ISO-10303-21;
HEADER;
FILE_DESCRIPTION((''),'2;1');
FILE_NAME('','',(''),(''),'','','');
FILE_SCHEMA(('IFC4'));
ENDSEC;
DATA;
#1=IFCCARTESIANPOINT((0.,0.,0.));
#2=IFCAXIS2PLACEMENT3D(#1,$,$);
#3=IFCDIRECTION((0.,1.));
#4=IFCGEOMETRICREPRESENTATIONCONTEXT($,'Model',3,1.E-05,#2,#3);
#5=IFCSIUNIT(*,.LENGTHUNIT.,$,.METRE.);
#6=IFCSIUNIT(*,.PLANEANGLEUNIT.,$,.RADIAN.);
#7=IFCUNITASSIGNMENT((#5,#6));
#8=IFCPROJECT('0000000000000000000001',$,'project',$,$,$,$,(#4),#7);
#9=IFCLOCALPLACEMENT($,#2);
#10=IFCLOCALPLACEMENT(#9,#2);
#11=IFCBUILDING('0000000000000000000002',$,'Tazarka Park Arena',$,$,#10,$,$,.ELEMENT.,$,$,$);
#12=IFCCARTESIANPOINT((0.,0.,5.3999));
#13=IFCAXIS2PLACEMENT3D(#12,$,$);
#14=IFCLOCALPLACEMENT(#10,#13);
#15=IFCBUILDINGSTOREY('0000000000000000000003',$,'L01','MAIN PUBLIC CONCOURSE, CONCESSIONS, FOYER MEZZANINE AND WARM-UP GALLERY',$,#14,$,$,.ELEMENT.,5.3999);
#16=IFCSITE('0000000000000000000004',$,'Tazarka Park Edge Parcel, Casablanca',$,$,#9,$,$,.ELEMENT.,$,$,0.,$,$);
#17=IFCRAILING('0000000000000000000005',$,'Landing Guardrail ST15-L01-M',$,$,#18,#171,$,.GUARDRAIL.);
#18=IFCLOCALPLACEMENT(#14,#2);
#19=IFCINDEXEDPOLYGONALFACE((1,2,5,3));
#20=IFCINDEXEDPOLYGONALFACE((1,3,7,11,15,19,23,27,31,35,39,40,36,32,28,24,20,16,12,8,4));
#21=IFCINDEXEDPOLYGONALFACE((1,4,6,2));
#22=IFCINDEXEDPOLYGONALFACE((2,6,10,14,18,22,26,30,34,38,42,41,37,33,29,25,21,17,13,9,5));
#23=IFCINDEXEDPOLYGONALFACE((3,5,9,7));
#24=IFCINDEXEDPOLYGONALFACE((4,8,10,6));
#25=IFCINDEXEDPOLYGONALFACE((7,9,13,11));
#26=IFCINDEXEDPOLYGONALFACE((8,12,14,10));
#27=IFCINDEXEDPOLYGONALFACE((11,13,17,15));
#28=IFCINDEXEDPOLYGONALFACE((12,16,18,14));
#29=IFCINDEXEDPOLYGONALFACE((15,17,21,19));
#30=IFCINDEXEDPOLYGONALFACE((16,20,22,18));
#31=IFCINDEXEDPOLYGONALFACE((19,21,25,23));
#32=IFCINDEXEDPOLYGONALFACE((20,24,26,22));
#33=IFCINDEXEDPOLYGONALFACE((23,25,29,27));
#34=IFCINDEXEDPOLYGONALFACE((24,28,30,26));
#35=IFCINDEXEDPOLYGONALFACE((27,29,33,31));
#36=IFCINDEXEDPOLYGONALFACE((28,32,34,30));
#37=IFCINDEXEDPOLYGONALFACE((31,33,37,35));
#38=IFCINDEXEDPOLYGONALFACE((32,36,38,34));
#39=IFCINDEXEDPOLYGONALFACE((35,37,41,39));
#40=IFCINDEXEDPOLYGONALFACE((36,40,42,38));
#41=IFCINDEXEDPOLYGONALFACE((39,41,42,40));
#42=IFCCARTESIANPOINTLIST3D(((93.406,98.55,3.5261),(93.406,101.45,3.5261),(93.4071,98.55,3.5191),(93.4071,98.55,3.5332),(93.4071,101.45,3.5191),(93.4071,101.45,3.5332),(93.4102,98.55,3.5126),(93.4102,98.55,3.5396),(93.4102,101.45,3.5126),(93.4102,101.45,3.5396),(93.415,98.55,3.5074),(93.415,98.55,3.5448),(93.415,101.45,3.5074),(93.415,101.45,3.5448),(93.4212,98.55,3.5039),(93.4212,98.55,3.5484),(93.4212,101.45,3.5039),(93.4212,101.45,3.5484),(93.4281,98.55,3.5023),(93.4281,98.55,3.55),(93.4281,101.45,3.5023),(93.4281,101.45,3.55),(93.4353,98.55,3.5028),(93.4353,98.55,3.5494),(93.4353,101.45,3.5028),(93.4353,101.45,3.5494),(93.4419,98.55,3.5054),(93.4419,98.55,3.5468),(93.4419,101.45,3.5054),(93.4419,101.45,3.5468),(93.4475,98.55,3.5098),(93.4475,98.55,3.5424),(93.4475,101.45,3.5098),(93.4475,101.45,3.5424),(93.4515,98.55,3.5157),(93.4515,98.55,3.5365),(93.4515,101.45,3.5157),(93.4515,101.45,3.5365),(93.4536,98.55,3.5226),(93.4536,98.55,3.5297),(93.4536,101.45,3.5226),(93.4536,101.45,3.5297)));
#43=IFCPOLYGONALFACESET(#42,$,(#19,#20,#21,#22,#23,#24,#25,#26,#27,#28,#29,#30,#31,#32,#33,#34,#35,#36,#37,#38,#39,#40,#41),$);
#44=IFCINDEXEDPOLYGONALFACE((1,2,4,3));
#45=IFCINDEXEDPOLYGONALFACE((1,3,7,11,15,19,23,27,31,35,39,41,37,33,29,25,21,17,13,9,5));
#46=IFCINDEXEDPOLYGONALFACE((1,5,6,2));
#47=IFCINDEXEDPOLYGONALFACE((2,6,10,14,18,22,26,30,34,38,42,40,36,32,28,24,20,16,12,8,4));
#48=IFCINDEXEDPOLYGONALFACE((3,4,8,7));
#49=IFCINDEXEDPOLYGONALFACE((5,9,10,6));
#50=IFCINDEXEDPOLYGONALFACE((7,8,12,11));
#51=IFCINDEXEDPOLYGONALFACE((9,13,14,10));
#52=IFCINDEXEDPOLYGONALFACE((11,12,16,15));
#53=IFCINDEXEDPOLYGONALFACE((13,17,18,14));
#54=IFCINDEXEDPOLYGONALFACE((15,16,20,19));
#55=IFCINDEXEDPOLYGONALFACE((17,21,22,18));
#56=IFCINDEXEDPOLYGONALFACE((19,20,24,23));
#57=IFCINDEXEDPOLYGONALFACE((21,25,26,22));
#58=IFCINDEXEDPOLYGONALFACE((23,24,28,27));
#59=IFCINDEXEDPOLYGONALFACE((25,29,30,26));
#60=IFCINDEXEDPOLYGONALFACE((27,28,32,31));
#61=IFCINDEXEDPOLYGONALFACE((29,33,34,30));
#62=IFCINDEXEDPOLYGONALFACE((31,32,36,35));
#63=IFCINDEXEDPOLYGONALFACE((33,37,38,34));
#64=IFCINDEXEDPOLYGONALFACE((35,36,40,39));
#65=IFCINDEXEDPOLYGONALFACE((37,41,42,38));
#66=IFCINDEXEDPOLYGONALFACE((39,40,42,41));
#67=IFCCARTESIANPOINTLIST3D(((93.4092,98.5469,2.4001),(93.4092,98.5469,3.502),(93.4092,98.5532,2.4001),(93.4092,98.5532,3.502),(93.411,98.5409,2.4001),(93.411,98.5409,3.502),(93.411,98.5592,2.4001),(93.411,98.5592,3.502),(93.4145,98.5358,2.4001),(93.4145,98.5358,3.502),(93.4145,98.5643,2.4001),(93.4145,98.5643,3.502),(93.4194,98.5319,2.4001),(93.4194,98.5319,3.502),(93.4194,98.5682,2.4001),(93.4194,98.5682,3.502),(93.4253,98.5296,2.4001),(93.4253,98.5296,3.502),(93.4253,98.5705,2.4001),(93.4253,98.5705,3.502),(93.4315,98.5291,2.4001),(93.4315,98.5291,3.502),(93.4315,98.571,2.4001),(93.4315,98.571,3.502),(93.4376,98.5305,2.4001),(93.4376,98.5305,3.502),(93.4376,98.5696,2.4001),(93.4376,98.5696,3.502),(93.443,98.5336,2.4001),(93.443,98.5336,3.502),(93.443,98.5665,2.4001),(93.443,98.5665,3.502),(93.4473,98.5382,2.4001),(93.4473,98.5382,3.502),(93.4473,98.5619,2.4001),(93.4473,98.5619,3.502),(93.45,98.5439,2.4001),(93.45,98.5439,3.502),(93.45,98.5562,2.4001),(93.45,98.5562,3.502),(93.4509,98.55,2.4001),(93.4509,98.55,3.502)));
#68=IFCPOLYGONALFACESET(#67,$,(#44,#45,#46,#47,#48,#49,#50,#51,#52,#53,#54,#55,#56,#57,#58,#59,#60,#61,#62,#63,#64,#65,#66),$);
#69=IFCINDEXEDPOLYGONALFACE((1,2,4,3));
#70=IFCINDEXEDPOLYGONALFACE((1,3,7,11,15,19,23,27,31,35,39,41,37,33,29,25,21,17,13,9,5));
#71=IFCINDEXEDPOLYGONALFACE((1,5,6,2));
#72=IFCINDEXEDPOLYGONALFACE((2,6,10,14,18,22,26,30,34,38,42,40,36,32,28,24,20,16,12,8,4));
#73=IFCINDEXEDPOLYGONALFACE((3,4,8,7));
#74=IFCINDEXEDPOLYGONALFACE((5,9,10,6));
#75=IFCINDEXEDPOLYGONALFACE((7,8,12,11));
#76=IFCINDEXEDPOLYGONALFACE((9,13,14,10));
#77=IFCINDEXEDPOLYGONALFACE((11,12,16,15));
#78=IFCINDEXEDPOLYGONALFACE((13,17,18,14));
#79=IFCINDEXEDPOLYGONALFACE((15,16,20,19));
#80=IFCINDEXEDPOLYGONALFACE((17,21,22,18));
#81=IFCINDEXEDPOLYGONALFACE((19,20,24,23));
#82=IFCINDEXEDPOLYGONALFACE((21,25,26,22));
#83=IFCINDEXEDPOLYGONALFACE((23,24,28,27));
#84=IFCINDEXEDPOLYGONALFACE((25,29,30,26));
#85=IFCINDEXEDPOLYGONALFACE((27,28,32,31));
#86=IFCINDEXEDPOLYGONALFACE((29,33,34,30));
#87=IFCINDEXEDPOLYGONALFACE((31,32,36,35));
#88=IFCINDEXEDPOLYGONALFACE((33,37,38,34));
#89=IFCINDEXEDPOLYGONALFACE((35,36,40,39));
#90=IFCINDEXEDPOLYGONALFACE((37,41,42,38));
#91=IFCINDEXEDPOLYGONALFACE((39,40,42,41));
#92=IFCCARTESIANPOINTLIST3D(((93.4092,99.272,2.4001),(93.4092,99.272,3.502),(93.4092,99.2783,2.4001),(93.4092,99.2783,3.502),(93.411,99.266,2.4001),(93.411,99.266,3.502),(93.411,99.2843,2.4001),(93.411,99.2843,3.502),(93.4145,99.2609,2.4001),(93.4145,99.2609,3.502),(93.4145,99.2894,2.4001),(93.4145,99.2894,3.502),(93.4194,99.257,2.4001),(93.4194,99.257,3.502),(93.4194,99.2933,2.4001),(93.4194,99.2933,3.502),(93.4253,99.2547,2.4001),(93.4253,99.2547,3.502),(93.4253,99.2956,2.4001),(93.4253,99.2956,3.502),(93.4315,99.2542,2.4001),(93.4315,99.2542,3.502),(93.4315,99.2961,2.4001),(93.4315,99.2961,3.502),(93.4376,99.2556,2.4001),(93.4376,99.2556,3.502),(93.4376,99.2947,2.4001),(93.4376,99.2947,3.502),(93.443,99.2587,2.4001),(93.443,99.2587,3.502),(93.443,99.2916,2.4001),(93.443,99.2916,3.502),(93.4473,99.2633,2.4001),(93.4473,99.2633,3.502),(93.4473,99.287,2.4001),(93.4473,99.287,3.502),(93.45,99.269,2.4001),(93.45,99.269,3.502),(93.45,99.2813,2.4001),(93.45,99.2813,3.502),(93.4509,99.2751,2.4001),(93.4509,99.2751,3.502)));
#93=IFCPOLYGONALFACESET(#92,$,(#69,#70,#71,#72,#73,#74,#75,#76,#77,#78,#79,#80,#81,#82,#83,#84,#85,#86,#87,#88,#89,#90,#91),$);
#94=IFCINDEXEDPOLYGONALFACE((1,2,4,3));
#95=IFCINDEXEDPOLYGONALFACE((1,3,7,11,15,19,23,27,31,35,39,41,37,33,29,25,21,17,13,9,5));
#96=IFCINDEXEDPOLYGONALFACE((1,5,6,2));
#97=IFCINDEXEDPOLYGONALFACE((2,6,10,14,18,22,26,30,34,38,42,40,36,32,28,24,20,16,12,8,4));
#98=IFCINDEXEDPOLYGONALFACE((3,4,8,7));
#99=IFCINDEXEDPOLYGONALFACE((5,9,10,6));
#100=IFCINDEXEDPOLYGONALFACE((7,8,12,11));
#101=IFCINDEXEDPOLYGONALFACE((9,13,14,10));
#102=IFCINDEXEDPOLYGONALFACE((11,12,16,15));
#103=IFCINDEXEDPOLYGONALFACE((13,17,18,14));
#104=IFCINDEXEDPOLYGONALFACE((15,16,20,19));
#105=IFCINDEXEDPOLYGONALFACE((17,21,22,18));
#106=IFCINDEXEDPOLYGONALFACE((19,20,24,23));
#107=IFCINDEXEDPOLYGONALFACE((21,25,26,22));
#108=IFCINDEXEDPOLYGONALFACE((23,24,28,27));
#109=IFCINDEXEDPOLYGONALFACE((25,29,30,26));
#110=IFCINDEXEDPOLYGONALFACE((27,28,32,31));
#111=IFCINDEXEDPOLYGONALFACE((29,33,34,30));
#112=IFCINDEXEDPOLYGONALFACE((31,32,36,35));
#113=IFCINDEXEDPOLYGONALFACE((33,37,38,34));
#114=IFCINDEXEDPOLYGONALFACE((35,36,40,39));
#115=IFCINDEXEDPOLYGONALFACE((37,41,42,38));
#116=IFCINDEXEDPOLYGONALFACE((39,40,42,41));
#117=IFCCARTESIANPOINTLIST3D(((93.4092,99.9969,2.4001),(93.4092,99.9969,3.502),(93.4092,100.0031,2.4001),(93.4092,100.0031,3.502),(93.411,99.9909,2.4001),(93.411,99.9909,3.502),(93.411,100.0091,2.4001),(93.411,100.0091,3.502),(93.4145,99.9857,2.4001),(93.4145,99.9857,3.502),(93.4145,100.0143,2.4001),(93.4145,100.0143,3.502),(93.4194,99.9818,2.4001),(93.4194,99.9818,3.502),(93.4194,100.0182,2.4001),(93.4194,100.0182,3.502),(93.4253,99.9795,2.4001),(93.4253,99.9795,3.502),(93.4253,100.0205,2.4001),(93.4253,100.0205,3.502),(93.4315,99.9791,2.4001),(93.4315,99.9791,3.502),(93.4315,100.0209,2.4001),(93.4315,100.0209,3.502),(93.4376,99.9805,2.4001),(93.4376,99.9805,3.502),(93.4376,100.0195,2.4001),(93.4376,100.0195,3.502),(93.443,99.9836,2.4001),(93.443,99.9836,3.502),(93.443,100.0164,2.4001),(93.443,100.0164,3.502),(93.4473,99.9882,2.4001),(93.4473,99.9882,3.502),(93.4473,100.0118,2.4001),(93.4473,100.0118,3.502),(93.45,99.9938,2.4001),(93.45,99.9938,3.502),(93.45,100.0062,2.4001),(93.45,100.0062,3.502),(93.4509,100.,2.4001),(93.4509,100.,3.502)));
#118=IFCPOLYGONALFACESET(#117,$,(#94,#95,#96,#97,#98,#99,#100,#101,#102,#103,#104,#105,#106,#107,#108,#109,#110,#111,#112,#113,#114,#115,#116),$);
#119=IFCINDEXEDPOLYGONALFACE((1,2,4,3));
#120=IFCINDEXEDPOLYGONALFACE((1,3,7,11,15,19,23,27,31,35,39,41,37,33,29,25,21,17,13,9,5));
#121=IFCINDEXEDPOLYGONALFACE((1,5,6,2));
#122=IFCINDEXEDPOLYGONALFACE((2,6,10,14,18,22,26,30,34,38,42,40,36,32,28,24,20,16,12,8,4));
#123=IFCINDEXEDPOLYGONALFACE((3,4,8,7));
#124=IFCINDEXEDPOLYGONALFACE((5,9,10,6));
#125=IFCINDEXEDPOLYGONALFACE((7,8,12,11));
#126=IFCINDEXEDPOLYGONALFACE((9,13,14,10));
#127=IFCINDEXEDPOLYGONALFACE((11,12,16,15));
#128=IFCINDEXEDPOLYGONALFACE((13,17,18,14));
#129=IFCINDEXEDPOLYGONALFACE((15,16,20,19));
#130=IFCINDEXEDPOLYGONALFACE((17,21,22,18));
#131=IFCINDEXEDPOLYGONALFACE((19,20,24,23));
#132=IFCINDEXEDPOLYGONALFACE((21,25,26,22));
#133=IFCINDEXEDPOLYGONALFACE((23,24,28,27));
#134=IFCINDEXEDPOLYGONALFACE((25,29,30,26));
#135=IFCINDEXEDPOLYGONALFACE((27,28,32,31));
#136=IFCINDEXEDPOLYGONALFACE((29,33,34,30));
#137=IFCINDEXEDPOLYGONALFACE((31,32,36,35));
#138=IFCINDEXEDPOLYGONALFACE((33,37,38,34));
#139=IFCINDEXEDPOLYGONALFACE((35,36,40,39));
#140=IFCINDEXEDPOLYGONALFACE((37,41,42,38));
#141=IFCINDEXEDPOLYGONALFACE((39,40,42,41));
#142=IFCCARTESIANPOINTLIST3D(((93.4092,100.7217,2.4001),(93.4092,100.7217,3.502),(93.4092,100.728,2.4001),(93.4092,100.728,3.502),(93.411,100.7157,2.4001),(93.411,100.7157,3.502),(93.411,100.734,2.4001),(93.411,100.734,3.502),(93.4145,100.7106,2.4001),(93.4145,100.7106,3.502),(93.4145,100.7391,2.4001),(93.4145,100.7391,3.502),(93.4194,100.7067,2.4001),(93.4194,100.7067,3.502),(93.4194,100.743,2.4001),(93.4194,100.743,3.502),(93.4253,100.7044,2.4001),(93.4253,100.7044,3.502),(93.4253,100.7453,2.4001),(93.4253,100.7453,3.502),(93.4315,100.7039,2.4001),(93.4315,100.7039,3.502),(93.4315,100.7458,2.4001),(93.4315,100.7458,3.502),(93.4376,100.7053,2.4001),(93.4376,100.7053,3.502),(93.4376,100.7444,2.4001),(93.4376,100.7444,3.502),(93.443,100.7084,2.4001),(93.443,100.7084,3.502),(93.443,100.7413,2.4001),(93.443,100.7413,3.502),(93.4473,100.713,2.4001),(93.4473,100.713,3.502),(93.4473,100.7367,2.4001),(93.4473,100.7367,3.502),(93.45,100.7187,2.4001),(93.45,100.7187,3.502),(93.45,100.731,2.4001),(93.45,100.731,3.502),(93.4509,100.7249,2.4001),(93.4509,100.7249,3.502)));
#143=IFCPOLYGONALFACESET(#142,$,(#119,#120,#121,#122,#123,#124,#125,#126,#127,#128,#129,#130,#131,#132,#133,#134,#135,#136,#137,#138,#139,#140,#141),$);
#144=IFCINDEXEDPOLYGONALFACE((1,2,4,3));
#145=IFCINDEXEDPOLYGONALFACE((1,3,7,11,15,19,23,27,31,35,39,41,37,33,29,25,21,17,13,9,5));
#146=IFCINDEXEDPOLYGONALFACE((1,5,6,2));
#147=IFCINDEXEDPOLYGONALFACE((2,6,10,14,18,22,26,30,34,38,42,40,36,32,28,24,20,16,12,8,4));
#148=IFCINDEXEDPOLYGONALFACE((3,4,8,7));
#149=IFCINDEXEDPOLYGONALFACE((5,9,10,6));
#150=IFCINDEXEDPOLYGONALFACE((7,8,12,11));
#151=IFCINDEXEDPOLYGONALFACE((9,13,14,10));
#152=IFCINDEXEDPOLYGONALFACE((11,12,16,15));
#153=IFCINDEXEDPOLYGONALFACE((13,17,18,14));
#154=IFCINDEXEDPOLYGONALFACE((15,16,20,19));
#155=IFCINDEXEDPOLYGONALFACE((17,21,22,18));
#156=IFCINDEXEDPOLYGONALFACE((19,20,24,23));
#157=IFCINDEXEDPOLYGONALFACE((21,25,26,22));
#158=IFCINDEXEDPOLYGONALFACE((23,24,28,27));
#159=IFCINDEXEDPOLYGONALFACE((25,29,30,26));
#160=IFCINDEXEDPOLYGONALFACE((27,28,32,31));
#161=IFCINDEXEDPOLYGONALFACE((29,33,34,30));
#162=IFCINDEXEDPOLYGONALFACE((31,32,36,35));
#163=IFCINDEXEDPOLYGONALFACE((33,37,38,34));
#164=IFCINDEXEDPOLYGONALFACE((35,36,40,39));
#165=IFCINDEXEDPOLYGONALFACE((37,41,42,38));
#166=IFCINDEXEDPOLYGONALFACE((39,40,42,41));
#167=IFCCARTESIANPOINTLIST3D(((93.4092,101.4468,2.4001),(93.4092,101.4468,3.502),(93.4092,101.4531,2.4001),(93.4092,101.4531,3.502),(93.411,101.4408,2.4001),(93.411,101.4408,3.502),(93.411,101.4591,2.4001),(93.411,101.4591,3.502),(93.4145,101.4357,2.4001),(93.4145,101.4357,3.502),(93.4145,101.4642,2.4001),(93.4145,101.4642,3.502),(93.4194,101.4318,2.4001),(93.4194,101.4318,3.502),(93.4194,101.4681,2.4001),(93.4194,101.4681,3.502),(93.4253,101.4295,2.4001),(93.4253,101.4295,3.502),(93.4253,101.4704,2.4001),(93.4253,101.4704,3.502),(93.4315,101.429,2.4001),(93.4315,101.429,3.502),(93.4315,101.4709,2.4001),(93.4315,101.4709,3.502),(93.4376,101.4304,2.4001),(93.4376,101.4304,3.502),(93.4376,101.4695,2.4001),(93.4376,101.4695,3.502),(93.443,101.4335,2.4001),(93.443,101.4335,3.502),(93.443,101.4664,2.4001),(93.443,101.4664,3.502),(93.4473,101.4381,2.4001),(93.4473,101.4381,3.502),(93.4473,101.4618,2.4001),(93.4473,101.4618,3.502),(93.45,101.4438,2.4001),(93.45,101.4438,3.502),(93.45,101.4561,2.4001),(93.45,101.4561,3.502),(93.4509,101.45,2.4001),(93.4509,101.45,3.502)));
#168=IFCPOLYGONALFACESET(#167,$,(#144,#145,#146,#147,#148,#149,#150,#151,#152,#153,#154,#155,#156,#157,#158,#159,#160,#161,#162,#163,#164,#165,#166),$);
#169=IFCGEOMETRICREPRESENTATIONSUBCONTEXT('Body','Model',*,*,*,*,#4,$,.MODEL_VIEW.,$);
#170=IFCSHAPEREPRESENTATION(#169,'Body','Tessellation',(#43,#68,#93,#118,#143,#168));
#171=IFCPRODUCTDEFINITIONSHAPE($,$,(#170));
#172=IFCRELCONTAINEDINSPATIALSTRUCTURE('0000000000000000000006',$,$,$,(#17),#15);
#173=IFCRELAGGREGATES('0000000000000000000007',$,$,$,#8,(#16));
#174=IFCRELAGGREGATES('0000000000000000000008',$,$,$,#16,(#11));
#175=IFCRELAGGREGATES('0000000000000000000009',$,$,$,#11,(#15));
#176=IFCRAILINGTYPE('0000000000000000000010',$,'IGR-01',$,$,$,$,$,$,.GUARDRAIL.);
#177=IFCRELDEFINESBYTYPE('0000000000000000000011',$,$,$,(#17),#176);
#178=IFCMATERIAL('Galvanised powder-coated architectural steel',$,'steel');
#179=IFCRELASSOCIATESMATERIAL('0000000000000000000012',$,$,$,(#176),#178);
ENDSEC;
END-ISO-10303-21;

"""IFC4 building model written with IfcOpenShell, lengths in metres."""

from ifc_helpers import new_model, si_unit, direction, frame, origin, origin_2d, place, context, subcontext, project, spatial, circle, extrude, material, type_object, element, save


model = new_model("IFC4")

# Units and contexts
model_context = context("Model", 3, precision=1e-05, world=origin(), true_north=direction((0.0, 1.0)))
body_context = subcontext(model_context, "Body", "Model", "MODEL_VIEW")
ifc_project = project(units=[si_unit("LENGTHUNIT", "METRE"), si_unit("PLANEANGLEUNIT", "RADIAN")], contexts=[model_context])

# Site, building, storey
site_placement = place(None, origin())
site = spatial("IfcSite", under=ifc_project, at=site_placement, Name="Tazarka Park Edge Parcel, Casablanca", CompositionType="ELEMENT", RefElevation=0.0)
building_placement = place(site_placement, origin())
building = spatial("IfcBuilding", under=site, at=building_placement, Name="Tazarka Park Arena", CompositionType="ELEMENT")
storey_placement = place(building_placement, frame((0.0, 0.0, 5.3999)))
storey = spatial("IfcBuildingStorey", under=building, at=storey_placement, Name="L01", Description="MAIN PUBLIC CONCOURSE, CONCESSIONS, FOYER MEZZANINE AND WARM-UP GALLERY", CompositionType="ELEMENT", Elevation=5.3999)

# Railing
ifc_material_1 = material(Name="Galvanised powder-coated architectural steel", Category="steel")
railing_type_1 = type_object("IfcRailingType", Name="IGR-01", PredefinedType="GUARDRAIL", material=ifc_material_1)
for number, where, name in (
    (1, (93.4299, 98.55, 2.4001), "Landing Guardrail ST15-L01-M"),
):
    element("IfcRailing", number, at=place(storey_placement, frame(where)), inside=storey, type_object=railing_type_1, Name=name, PredefinedType="GUARDRAIL", context=body_context, shape_type="SweptSolid", body=[
        extrude(circle(Radius=0.0239, at=origin_2d()), frame((0.0, 0.0, 1.126), z_axis=(0.0, 1.0, 0.0), x_axis=(-1.0, 0.0, 0.0)), (0.0, 0.0, 1.0), 2.8999),
        extrude(circle(Radius=0.021, at=origin_2d()), origin(), (0.0, 0.0, 1.0), 1.1018),
        extrude(circle(Radius=0.021, at=origin_2d()), frame((0.0, 0.7251, 0.0)), (0.0, 0.0, 1.0), 1.1018),
        extrude(circle(Radius=0.021, at=origin_2d()), frame((0.0, 1.45, 0.0)), (0.0, 0.0, 1.0), 1.1018),
        extrude(circle(Radius=0.021, at=origin_2d()), frame((0.0, 2.1748, 0.0)), (0.0, 0.0, 1.0), 1.1018),
        extrude(circle(Radius=0.021, at=origin_2d()), frame((0.0, 2.8999, 0.0)), (0.0, 0.0, 1.0), 1.1018),
    ])

save(model, "model.ifc")
